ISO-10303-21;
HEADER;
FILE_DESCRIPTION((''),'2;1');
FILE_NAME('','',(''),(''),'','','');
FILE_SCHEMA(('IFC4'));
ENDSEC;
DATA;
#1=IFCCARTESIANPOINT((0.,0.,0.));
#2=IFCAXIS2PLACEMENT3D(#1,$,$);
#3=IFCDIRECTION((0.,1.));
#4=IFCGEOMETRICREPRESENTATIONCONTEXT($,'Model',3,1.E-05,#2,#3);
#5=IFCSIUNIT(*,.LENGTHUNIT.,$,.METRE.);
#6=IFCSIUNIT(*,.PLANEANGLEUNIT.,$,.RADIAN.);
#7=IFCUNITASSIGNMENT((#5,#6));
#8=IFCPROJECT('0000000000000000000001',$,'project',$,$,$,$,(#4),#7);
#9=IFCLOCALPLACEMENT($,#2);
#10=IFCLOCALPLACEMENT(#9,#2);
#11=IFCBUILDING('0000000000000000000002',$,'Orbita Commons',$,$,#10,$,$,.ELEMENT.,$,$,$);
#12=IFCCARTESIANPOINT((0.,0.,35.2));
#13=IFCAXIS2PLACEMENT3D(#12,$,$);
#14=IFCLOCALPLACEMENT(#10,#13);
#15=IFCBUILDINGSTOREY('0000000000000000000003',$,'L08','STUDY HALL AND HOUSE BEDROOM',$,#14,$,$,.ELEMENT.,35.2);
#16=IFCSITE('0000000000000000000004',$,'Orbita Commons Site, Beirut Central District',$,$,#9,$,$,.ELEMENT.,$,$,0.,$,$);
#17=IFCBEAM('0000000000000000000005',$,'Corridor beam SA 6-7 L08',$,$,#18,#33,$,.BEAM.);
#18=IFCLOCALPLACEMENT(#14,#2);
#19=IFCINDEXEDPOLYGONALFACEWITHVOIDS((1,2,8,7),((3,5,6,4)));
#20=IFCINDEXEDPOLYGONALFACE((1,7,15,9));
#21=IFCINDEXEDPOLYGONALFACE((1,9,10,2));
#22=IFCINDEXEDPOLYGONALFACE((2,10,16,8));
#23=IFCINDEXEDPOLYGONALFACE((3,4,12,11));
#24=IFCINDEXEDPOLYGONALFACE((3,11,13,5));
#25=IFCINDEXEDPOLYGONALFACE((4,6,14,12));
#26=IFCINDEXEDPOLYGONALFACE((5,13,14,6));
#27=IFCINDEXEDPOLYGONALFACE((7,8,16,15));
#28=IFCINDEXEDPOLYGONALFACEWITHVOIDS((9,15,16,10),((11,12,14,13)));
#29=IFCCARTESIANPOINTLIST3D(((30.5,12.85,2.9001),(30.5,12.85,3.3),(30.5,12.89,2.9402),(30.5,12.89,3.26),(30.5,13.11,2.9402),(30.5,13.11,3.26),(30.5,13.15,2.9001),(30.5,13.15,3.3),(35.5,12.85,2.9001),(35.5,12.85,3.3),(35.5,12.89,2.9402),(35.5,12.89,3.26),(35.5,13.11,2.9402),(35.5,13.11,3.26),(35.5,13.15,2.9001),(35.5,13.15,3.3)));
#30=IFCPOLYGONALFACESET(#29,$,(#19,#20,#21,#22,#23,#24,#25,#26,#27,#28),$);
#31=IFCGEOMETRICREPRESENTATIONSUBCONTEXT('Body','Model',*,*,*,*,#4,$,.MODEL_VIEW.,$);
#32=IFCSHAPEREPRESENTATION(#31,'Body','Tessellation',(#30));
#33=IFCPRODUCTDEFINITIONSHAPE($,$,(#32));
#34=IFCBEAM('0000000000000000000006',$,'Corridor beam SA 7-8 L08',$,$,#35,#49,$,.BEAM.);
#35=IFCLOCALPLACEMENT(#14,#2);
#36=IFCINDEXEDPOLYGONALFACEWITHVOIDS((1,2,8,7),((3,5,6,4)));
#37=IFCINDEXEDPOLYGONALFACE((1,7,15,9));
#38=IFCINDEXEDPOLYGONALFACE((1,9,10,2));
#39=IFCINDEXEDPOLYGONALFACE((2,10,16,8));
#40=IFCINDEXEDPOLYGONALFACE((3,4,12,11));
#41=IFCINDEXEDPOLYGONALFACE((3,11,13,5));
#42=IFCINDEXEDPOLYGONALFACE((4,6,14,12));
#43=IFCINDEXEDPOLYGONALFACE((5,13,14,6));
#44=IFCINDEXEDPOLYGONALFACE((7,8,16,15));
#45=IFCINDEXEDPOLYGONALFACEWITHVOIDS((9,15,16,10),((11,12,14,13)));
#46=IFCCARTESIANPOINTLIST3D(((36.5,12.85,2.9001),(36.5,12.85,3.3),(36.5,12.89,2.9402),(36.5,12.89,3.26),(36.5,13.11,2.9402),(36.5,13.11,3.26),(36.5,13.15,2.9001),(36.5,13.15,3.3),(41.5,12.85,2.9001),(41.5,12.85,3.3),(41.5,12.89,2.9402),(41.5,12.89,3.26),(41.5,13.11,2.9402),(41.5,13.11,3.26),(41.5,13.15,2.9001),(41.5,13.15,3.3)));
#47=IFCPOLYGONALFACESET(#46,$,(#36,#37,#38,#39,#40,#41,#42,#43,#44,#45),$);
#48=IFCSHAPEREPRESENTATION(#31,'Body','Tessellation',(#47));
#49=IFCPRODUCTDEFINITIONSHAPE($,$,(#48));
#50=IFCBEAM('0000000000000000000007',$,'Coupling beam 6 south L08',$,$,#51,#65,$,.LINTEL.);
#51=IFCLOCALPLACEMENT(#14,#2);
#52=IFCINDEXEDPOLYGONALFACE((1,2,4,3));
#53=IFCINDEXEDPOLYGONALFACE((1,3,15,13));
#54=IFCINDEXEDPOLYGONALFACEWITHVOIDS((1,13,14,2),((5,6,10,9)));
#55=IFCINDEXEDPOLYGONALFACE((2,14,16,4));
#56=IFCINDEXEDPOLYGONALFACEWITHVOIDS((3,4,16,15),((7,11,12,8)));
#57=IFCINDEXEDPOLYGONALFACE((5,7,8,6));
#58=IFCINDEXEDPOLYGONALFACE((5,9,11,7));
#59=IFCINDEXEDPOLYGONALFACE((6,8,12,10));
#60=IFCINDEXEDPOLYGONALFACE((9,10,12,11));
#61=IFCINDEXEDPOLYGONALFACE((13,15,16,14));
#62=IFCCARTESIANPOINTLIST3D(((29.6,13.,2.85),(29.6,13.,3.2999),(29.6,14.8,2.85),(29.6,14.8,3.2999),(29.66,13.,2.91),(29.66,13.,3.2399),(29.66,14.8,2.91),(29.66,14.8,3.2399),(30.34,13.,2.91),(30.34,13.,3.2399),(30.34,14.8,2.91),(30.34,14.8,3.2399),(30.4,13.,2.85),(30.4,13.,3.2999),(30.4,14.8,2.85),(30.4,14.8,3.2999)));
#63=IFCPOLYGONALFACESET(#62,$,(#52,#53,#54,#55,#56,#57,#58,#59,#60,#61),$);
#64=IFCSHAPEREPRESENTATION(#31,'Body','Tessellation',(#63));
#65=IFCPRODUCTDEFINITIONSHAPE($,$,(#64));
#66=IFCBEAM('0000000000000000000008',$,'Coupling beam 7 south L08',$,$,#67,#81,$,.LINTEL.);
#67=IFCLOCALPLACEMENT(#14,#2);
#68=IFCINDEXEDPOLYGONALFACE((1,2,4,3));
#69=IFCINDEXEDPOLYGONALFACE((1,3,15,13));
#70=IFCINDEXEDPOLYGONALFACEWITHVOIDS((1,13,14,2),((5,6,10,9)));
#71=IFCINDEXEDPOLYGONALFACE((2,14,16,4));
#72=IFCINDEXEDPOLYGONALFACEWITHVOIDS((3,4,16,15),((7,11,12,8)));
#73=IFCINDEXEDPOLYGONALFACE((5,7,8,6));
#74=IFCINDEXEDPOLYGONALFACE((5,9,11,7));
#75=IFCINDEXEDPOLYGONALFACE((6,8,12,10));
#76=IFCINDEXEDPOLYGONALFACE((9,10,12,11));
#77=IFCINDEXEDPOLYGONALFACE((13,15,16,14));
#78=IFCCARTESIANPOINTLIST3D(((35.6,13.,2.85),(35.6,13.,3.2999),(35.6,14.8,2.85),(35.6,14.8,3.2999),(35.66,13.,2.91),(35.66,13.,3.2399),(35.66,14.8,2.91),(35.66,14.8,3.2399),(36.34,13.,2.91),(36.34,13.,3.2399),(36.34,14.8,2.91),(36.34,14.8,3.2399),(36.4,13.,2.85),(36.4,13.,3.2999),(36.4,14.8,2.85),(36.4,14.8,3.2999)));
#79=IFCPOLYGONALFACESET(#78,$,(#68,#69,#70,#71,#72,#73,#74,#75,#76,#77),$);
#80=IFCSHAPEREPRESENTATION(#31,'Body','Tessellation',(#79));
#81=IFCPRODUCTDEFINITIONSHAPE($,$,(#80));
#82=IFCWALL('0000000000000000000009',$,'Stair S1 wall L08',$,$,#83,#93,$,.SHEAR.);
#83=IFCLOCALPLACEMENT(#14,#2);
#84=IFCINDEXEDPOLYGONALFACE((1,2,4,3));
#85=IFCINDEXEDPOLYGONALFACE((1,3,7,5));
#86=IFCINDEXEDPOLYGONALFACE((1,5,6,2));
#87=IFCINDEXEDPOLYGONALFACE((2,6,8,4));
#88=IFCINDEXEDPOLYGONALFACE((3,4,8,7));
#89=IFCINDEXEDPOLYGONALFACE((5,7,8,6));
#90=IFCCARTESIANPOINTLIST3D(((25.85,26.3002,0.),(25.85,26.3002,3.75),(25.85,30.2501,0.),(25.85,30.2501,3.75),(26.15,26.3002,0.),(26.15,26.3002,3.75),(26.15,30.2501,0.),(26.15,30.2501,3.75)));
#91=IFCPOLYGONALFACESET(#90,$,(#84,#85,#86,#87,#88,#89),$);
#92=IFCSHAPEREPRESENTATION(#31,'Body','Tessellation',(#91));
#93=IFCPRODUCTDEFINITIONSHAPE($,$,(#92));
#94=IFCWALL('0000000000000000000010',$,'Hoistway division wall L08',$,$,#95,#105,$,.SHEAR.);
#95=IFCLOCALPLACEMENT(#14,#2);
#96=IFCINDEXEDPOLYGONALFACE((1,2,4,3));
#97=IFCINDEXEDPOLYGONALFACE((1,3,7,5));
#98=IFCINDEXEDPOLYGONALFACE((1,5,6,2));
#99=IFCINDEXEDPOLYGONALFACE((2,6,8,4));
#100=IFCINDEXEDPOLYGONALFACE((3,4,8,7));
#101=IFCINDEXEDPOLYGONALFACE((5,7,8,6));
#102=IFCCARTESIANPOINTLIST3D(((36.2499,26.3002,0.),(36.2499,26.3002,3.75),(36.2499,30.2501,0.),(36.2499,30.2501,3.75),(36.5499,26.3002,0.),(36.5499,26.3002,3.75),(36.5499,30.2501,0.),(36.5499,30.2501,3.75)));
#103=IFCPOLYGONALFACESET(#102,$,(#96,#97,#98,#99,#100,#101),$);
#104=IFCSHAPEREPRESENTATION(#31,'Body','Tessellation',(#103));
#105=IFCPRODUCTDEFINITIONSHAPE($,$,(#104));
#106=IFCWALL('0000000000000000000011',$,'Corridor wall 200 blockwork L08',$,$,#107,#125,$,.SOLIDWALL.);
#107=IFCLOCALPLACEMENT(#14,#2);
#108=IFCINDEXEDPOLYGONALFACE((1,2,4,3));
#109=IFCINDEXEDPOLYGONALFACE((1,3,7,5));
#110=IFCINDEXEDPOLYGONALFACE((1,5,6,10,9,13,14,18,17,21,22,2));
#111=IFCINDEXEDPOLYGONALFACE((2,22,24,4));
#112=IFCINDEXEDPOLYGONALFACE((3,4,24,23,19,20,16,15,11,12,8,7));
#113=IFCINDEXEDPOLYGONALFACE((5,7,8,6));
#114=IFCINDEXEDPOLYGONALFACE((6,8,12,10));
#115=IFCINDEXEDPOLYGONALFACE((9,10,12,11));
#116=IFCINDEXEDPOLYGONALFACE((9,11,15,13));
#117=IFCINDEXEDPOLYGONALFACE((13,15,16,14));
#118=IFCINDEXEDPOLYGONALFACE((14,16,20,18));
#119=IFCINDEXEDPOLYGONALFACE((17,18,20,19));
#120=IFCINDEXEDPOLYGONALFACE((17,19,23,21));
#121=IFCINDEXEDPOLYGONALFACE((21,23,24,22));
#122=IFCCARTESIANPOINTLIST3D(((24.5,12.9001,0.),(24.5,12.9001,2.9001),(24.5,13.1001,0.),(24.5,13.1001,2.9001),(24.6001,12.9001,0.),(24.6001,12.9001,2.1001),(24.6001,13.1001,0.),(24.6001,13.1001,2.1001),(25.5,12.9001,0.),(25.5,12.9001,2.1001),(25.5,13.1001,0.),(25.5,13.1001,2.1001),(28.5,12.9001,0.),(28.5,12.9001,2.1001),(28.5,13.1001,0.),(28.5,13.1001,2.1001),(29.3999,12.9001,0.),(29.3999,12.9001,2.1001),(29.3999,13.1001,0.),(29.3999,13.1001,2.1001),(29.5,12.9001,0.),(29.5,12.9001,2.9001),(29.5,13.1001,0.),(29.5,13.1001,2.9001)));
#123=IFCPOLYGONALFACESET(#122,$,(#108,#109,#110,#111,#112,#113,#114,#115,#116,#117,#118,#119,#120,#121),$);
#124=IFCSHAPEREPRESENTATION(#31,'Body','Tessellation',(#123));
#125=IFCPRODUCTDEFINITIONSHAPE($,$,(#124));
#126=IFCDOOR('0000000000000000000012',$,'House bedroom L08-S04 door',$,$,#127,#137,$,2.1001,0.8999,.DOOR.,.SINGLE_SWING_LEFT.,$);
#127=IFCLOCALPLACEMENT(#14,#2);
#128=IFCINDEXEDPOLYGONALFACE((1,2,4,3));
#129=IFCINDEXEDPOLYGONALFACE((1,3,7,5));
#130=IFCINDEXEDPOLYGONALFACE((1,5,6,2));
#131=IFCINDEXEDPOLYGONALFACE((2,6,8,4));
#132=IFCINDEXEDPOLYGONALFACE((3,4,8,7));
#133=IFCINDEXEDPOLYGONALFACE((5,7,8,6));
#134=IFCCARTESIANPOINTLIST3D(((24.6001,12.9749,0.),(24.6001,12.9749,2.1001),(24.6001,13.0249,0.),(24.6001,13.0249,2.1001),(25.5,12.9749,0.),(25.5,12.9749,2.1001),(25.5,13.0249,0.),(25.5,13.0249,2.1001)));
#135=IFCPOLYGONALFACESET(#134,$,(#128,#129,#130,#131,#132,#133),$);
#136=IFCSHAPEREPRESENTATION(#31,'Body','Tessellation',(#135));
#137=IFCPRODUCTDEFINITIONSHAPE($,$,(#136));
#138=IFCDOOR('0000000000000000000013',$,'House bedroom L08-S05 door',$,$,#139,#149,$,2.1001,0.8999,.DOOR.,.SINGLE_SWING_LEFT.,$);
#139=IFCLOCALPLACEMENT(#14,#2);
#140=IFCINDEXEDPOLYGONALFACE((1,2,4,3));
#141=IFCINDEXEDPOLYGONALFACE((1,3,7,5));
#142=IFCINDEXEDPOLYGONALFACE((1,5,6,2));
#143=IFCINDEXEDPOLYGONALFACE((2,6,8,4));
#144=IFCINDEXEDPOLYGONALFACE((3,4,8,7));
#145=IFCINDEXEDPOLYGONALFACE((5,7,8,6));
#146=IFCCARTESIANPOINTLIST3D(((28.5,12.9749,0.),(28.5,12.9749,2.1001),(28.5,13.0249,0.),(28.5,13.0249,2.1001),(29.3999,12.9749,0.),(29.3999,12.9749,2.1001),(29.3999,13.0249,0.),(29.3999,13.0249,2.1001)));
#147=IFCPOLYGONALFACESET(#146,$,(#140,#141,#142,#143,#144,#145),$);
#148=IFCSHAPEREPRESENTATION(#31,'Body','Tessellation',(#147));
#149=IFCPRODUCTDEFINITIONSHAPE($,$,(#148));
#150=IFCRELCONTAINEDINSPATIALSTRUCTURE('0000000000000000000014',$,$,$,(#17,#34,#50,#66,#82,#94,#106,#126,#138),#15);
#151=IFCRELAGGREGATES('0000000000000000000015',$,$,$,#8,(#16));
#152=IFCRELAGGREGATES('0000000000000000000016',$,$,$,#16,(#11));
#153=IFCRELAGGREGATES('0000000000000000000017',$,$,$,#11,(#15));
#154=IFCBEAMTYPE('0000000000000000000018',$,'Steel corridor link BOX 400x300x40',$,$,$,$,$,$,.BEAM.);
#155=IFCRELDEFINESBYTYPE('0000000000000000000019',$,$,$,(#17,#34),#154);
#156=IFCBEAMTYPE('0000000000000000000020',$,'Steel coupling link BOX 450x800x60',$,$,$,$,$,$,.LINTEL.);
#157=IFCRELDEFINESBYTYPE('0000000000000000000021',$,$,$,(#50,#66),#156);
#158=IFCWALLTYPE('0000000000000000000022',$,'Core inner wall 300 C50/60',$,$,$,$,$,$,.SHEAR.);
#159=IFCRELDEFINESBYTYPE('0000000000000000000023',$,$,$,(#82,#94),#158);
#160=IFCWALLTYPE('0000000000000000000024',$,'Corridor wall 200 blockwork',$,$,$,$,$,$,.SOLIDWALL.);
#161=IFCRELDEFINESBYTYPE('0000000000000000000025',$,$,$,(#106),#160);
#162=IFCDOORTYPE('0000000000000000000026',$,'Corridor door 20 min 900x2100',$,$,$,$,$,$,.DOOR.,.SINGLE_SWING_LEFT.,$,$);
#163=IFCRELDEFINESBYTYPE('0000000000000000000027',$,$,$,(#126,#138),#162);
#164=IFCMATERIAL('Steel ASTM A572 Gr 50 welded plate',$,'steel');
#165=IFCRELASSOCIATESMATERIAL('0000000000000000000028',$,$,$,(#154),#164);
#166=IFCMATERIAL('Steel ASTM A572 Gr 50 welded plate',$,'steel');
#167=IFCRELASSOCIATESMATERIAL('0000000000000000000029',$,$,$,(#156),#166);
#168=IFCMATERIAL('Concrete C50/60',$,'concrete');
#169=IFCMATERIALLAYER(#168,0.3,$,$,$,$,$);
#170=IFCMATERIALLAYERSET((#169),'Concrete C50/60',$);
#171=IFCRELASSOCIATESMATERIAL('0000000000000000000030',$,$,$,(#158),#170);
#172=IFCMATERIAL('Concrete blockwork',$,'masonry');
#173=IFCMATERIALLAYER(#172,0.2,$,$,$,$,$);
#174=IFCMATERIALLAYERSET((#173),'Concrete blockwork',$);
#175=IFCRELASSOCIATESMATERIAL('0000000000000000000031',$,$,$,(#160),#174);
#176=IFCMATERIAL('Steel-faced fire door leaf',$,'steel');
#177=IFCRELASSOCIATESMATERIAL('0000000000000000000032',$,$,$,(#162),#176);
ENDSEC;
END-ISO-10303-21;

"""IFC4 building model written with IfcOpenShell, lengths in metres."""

from ifc_helpers import new_model, si_unit, direction, frame, frame_2d, origin, origin_2d, place, context, subcontext, project, spatial, polyline, rectangle, hollow_rectangle, outline, extrude, material, layer, layer_set, material_profile, profile_set, type_object, element, fill, save


model = new_model("IFC4")

# Units and contexts
model_context = context("Model", 3, precision=1e-05, world=origin(), true_north=direction((0.0, 1.0)))
body_context = subcontext(model_context, "Body", "Model", "MODEL_VIEW")
ifc_project = project(units=[si_unit("LENGTHUNIT", "METRE"), si_unit("PLANEANGLEUNIT", "RADIAN")], contexts=[model_context])

# Site, building, storey
site_placement = place(None, origin())
site = spatial("IfcSite", under=ifc_project, at=site_placement, Name="Orbita Commons Site, Beirut Central District", CompositionType="ELEMENT", RefElevation=0.0)
building_placement = place(site_placement, origin())
building = spatial("IfcBuilding", under=site, at=building_placement, Name="Orbita Commons", CompositionType="ELEMENT")
storey_placement = place(building_placement, frame((0.0, 0.0, 35.2)))
storey = spatial("IfcBuildingStorey", under=building, at=storey_placement, Name="L08", Description="STUDY HALL AND HOUSE BEDROOM", CompositionType="ELEMENT", Elevation=35.2)

# Beams
ifc_material_1 = material(Name="Steel ASTM A572 Gr 50 welded plate", Category="steel")
ifc_material_profile_1 = material_profile(ifc_material_1, hollow_rectangle(XDim=0.3, YDim=0.3999, WallThickness=0.04, at=origin_2d()), Name="BOX 400x300x40")
ifc_profile_set_1 = profile_set([ifc_material_profile_1], Name="Steel ASTM A572 Gr 50 welded plate")
beam_type_1 = type_object("IfcBeamType", Name="Steel corridor link BOX 400x300x40", PredefinedType="BEAM", material=ifc_profile_set_1)
for number, where, z_axis, x_axis, name in (
    (1, (30.5, 13.0, 3.1001), (1.0, 0.0, 0.0), (0.0, 1.0, 0.0), "Corridor beam SA 6-7 L08"),
    (2, (36.5, 13.0, 3.1001), (1.0, 0.0, 0.0), (0.0, 1.0, 0.0), "Corridor beam SA 7-8 L08"),
):
    element("IfcBeam", number, at=place(storey_placement, frame(where, z_axis=z_axis, x_axis=x_axis)), inside=storey, type_object=beam_type_1, Name=name, PredefinedType="BEAM", context=body_context, shape_type="SweptSolid", body=[
        extrude(hollow_rectangle(XDim=0.3, YDim=0.3999, WallThickness=0.04, at=origin_2d()), origin(), (0.0, 0.0, 1.0), 5.0),
    ])
ifc_material_2 = material(Name="Steel ASTM A572 Gr 50 welded plate", Category="steel")
ifc_material_profile_2 = material_profile(ifc_material_2, hollow_rectangle(XDim=0.8, YDim=0.45, WallThickness=0.0601, at=origin_2d()), Name="BOX 450x800x60")
ifc_profile_set_2 = profile_set([ifc_material_profile_2], Name="Steel ASTM A572 Gr 50 welded plate")
beam_type_2 = type_object("IfcBeamType", Name="Steel coupling link BOX 450x800x60", PredefinedType="LINTEL", material=ifc_profile_set_2)
for number, where, z_axis, x_axis, name in (
    (3, (30.0, 13.0, 3.075), (0.0, 1.0, 0.0), (-1.0, 0.0, 0.0), "Coupling beam 6 south L08"),
    (4, (36.0, 13.0, 3.075), (0.0, 1.0, 0.0), (-1.0, 0.0, 0.0), "Coupling beam 7 south L08"),
):
    element("IfcBeam", number, at=place(storey_placement, frame(where, z_axis=z_axis, x_axis=x_axis)), inside=storey, type_object=beam_type_2, Name=name, PredefinedType="LINTEL", context=body_context, shape_type="SweptSolid", body=[
        extrude(hollow_rectangle(XDim=0.8, YDim=0.45, WallThickness=0.0601, at=origin_2d()), origin(), (0.0, 0.0, 1.0), 1.8),
    ])

# Walls
ifc_material_3 = material(Name="Concrete C50/60", Category="concrete")
ifc_layer_1 = layer(ifc_material_3, 0.3)
ifc_layer_set_1 = layer_set([ifc_layer_1], Name="Concrete C50/60")
wall_type_1 = type_object("IfcWallType", Name="Core inner wall 300 C50/60", PredefinedType="SHEAR", material=ifc_layer_set_1)
for number, where, z_axis, x_axis, name in (
    (5, (26.0, 26.3, 0.0), (0.0, 0.0, 1.0), (0.0, 1.0, 0.0), "Stair S1 wall L08"),
    (6, (36.3999, 26.3, 0.0), (0.0, 0.0, 1.0), (0.0, 1.0, 0.0), "Hoistway division wall L08"),
):
    element("IfcWall", number, at=place(storey_placement, frame(where, z_axis=z_axis, x_axis=x_axis)), inside=storey, type_object=wall_type_1, Name=name, PredefinedType="SHEAR", context=body_context, shape_type="SweptSolid", body=[
        extrude(rectangle(XDim=3.95, YDim=0.3, at=frame_2d((1.9751, 0.0))), origin(), (0.0, 0.0, 1.0), 3.75),
    ])

# Wall, openings, doors
ifc_material_4 = material(Name="Concrete blockwork", Category="masonry")
ifc_layer_2 = layer(ifc_material_4, 0.2)
ifc_layer_set_2 = layer_set([ifc_layer_2], Name="Concrete blockwork")
wall_type_2 = type_object("IfcWallType", Name="Corridor wall 200 blockwork", PredefinedType="SOLIDWALL", material=ifc_layer_set_2)
wall_1_placement = place(storey_placement, frame((24.5, 13.0, 0.0), z_axis=(0.0, 0.0, 1.0), x_axis=(1.0, 0.0, 0.0)))
wall_1 = element("IfcWall", 7, at=wall_1_placement, inside=storey, type_object=wall_type_2, Name="Corridor wall 200 blockwork L08", PredefinedType="SOLIDWALL", context=body_context, shape_type="SweptSolid", body=[
    extrude(outline(polyline([(0.0, 0.0), (5.0, 0.0), (5.0, 2.9001), (0.0, 2.9001), (0.0, 0.0)])), frame((0.0, 0.1001, 0.0), z_axis=(0.0, -1.0, 0.0), x_axis=(1.0, 0.0, 0.0)), (0.0, 0.0, 1.0), 0.2),
])
opening_1_placement = place(wall_1_placement, frame((0.1001, 0.0, 0.0)))
opening_1 = element("IfcOpeningElement", 8, at=opening_1_placement, cuts=wall_1, PredefinedType="OPENING", context=body_context, shape_type="SweptSolid", body=[
    extrude(rectangle(XDim=0.8999, YDim=2.1001, at=frame_2d((0.45, 1.05))), frame((0.0, 0.1099, 0.0), z_axis=(0.0, -1.0, 0.0), x_axis=(1.0, 0.0, 0.0)), (0.0, 0.0, 1.0), 0.22),
])
opening_2_placement = place(wall_1_placement, frame((4.0, 0.0, 0.0)))
opening_2 = element("IfcOpeningElement", 9, at=opening_2_placement, cuts=wall_1, PredefinedType="OPENING", context=body_context, shape_type="SweptSolid", body=[
    extrude(rectangle(XDim=0.8999, YDim=2.1001, at=frame_2d((0.45, 1.05))), frame((0.0, 0.1099, 0.0), z_axis=(0.0, -1.0, 0.0), x_axis=(1.0, 0.0, 0.0)), (0.0, 0.0, 1.0), 0.22),
])
ifc_material_5 = material(Name="Steel-faced fire door leaf", Category="steel")
door_type_1 = type_object("IfcDoorType", Name="Corridor door 20 min 900x2100", OperationType="SINGLE_SWING_LEFT", PredefinedType="DOOR", material=ifc_material_5)
door_1_placement = place(opening_1_placement, origin())
door_1 = element("IfcDoor", 10, at=door_1_placement, inside=storey, type_object=door_type_1, Name="House bedroom L08-S04 door", OperationType="SINGLE_SWING_LEFT", OverallHeight=2.1001, OverallWidth=0.8999, PredefinedType="DOOR", context=body_context, shape_type="SweptSolid", body=[
    extrude(rectangle(XDim=0.8999, YDim=2.1001, at=frame_2d((0.45, 1.05))), frame((0.0, 0.0249, 0.0), z_axis=(0.0, -1.0, 0.0), x_axis=(1.0, 0.0, 0.0)), (0.0, 0.0, 1.0), 0.05),
])
fill(opening_1, door_1)
door_2_placement = place(opening_2_placement, origin())
door_2 = element("IfcDoor", 11, at=door_2_placement, inside=storey, type_object=door_type_1, Name="House bedroom L08-S05 door", OperationType="SINGLE_SWING_LEFT", OverallHeight=2.1001, OverallWidth=0.8999, PredefinedType="DOOR", context=body_context, shape_type="SweptSolid", body=[
    extrude(rectangle(XDim=0.8999, YDim=2.1001, at=frame_2d((0.45, 1.05))), frame((0.0, 0.0249, 0.0), z_axis=(0.0, -1.0, 0.0), x_axis=(1.0, 0.0, 0.0)), (0.0, 0.0, 1.0), 0.05),
])
fill(opening_2, door_2)

save(model, "model.ifc")
